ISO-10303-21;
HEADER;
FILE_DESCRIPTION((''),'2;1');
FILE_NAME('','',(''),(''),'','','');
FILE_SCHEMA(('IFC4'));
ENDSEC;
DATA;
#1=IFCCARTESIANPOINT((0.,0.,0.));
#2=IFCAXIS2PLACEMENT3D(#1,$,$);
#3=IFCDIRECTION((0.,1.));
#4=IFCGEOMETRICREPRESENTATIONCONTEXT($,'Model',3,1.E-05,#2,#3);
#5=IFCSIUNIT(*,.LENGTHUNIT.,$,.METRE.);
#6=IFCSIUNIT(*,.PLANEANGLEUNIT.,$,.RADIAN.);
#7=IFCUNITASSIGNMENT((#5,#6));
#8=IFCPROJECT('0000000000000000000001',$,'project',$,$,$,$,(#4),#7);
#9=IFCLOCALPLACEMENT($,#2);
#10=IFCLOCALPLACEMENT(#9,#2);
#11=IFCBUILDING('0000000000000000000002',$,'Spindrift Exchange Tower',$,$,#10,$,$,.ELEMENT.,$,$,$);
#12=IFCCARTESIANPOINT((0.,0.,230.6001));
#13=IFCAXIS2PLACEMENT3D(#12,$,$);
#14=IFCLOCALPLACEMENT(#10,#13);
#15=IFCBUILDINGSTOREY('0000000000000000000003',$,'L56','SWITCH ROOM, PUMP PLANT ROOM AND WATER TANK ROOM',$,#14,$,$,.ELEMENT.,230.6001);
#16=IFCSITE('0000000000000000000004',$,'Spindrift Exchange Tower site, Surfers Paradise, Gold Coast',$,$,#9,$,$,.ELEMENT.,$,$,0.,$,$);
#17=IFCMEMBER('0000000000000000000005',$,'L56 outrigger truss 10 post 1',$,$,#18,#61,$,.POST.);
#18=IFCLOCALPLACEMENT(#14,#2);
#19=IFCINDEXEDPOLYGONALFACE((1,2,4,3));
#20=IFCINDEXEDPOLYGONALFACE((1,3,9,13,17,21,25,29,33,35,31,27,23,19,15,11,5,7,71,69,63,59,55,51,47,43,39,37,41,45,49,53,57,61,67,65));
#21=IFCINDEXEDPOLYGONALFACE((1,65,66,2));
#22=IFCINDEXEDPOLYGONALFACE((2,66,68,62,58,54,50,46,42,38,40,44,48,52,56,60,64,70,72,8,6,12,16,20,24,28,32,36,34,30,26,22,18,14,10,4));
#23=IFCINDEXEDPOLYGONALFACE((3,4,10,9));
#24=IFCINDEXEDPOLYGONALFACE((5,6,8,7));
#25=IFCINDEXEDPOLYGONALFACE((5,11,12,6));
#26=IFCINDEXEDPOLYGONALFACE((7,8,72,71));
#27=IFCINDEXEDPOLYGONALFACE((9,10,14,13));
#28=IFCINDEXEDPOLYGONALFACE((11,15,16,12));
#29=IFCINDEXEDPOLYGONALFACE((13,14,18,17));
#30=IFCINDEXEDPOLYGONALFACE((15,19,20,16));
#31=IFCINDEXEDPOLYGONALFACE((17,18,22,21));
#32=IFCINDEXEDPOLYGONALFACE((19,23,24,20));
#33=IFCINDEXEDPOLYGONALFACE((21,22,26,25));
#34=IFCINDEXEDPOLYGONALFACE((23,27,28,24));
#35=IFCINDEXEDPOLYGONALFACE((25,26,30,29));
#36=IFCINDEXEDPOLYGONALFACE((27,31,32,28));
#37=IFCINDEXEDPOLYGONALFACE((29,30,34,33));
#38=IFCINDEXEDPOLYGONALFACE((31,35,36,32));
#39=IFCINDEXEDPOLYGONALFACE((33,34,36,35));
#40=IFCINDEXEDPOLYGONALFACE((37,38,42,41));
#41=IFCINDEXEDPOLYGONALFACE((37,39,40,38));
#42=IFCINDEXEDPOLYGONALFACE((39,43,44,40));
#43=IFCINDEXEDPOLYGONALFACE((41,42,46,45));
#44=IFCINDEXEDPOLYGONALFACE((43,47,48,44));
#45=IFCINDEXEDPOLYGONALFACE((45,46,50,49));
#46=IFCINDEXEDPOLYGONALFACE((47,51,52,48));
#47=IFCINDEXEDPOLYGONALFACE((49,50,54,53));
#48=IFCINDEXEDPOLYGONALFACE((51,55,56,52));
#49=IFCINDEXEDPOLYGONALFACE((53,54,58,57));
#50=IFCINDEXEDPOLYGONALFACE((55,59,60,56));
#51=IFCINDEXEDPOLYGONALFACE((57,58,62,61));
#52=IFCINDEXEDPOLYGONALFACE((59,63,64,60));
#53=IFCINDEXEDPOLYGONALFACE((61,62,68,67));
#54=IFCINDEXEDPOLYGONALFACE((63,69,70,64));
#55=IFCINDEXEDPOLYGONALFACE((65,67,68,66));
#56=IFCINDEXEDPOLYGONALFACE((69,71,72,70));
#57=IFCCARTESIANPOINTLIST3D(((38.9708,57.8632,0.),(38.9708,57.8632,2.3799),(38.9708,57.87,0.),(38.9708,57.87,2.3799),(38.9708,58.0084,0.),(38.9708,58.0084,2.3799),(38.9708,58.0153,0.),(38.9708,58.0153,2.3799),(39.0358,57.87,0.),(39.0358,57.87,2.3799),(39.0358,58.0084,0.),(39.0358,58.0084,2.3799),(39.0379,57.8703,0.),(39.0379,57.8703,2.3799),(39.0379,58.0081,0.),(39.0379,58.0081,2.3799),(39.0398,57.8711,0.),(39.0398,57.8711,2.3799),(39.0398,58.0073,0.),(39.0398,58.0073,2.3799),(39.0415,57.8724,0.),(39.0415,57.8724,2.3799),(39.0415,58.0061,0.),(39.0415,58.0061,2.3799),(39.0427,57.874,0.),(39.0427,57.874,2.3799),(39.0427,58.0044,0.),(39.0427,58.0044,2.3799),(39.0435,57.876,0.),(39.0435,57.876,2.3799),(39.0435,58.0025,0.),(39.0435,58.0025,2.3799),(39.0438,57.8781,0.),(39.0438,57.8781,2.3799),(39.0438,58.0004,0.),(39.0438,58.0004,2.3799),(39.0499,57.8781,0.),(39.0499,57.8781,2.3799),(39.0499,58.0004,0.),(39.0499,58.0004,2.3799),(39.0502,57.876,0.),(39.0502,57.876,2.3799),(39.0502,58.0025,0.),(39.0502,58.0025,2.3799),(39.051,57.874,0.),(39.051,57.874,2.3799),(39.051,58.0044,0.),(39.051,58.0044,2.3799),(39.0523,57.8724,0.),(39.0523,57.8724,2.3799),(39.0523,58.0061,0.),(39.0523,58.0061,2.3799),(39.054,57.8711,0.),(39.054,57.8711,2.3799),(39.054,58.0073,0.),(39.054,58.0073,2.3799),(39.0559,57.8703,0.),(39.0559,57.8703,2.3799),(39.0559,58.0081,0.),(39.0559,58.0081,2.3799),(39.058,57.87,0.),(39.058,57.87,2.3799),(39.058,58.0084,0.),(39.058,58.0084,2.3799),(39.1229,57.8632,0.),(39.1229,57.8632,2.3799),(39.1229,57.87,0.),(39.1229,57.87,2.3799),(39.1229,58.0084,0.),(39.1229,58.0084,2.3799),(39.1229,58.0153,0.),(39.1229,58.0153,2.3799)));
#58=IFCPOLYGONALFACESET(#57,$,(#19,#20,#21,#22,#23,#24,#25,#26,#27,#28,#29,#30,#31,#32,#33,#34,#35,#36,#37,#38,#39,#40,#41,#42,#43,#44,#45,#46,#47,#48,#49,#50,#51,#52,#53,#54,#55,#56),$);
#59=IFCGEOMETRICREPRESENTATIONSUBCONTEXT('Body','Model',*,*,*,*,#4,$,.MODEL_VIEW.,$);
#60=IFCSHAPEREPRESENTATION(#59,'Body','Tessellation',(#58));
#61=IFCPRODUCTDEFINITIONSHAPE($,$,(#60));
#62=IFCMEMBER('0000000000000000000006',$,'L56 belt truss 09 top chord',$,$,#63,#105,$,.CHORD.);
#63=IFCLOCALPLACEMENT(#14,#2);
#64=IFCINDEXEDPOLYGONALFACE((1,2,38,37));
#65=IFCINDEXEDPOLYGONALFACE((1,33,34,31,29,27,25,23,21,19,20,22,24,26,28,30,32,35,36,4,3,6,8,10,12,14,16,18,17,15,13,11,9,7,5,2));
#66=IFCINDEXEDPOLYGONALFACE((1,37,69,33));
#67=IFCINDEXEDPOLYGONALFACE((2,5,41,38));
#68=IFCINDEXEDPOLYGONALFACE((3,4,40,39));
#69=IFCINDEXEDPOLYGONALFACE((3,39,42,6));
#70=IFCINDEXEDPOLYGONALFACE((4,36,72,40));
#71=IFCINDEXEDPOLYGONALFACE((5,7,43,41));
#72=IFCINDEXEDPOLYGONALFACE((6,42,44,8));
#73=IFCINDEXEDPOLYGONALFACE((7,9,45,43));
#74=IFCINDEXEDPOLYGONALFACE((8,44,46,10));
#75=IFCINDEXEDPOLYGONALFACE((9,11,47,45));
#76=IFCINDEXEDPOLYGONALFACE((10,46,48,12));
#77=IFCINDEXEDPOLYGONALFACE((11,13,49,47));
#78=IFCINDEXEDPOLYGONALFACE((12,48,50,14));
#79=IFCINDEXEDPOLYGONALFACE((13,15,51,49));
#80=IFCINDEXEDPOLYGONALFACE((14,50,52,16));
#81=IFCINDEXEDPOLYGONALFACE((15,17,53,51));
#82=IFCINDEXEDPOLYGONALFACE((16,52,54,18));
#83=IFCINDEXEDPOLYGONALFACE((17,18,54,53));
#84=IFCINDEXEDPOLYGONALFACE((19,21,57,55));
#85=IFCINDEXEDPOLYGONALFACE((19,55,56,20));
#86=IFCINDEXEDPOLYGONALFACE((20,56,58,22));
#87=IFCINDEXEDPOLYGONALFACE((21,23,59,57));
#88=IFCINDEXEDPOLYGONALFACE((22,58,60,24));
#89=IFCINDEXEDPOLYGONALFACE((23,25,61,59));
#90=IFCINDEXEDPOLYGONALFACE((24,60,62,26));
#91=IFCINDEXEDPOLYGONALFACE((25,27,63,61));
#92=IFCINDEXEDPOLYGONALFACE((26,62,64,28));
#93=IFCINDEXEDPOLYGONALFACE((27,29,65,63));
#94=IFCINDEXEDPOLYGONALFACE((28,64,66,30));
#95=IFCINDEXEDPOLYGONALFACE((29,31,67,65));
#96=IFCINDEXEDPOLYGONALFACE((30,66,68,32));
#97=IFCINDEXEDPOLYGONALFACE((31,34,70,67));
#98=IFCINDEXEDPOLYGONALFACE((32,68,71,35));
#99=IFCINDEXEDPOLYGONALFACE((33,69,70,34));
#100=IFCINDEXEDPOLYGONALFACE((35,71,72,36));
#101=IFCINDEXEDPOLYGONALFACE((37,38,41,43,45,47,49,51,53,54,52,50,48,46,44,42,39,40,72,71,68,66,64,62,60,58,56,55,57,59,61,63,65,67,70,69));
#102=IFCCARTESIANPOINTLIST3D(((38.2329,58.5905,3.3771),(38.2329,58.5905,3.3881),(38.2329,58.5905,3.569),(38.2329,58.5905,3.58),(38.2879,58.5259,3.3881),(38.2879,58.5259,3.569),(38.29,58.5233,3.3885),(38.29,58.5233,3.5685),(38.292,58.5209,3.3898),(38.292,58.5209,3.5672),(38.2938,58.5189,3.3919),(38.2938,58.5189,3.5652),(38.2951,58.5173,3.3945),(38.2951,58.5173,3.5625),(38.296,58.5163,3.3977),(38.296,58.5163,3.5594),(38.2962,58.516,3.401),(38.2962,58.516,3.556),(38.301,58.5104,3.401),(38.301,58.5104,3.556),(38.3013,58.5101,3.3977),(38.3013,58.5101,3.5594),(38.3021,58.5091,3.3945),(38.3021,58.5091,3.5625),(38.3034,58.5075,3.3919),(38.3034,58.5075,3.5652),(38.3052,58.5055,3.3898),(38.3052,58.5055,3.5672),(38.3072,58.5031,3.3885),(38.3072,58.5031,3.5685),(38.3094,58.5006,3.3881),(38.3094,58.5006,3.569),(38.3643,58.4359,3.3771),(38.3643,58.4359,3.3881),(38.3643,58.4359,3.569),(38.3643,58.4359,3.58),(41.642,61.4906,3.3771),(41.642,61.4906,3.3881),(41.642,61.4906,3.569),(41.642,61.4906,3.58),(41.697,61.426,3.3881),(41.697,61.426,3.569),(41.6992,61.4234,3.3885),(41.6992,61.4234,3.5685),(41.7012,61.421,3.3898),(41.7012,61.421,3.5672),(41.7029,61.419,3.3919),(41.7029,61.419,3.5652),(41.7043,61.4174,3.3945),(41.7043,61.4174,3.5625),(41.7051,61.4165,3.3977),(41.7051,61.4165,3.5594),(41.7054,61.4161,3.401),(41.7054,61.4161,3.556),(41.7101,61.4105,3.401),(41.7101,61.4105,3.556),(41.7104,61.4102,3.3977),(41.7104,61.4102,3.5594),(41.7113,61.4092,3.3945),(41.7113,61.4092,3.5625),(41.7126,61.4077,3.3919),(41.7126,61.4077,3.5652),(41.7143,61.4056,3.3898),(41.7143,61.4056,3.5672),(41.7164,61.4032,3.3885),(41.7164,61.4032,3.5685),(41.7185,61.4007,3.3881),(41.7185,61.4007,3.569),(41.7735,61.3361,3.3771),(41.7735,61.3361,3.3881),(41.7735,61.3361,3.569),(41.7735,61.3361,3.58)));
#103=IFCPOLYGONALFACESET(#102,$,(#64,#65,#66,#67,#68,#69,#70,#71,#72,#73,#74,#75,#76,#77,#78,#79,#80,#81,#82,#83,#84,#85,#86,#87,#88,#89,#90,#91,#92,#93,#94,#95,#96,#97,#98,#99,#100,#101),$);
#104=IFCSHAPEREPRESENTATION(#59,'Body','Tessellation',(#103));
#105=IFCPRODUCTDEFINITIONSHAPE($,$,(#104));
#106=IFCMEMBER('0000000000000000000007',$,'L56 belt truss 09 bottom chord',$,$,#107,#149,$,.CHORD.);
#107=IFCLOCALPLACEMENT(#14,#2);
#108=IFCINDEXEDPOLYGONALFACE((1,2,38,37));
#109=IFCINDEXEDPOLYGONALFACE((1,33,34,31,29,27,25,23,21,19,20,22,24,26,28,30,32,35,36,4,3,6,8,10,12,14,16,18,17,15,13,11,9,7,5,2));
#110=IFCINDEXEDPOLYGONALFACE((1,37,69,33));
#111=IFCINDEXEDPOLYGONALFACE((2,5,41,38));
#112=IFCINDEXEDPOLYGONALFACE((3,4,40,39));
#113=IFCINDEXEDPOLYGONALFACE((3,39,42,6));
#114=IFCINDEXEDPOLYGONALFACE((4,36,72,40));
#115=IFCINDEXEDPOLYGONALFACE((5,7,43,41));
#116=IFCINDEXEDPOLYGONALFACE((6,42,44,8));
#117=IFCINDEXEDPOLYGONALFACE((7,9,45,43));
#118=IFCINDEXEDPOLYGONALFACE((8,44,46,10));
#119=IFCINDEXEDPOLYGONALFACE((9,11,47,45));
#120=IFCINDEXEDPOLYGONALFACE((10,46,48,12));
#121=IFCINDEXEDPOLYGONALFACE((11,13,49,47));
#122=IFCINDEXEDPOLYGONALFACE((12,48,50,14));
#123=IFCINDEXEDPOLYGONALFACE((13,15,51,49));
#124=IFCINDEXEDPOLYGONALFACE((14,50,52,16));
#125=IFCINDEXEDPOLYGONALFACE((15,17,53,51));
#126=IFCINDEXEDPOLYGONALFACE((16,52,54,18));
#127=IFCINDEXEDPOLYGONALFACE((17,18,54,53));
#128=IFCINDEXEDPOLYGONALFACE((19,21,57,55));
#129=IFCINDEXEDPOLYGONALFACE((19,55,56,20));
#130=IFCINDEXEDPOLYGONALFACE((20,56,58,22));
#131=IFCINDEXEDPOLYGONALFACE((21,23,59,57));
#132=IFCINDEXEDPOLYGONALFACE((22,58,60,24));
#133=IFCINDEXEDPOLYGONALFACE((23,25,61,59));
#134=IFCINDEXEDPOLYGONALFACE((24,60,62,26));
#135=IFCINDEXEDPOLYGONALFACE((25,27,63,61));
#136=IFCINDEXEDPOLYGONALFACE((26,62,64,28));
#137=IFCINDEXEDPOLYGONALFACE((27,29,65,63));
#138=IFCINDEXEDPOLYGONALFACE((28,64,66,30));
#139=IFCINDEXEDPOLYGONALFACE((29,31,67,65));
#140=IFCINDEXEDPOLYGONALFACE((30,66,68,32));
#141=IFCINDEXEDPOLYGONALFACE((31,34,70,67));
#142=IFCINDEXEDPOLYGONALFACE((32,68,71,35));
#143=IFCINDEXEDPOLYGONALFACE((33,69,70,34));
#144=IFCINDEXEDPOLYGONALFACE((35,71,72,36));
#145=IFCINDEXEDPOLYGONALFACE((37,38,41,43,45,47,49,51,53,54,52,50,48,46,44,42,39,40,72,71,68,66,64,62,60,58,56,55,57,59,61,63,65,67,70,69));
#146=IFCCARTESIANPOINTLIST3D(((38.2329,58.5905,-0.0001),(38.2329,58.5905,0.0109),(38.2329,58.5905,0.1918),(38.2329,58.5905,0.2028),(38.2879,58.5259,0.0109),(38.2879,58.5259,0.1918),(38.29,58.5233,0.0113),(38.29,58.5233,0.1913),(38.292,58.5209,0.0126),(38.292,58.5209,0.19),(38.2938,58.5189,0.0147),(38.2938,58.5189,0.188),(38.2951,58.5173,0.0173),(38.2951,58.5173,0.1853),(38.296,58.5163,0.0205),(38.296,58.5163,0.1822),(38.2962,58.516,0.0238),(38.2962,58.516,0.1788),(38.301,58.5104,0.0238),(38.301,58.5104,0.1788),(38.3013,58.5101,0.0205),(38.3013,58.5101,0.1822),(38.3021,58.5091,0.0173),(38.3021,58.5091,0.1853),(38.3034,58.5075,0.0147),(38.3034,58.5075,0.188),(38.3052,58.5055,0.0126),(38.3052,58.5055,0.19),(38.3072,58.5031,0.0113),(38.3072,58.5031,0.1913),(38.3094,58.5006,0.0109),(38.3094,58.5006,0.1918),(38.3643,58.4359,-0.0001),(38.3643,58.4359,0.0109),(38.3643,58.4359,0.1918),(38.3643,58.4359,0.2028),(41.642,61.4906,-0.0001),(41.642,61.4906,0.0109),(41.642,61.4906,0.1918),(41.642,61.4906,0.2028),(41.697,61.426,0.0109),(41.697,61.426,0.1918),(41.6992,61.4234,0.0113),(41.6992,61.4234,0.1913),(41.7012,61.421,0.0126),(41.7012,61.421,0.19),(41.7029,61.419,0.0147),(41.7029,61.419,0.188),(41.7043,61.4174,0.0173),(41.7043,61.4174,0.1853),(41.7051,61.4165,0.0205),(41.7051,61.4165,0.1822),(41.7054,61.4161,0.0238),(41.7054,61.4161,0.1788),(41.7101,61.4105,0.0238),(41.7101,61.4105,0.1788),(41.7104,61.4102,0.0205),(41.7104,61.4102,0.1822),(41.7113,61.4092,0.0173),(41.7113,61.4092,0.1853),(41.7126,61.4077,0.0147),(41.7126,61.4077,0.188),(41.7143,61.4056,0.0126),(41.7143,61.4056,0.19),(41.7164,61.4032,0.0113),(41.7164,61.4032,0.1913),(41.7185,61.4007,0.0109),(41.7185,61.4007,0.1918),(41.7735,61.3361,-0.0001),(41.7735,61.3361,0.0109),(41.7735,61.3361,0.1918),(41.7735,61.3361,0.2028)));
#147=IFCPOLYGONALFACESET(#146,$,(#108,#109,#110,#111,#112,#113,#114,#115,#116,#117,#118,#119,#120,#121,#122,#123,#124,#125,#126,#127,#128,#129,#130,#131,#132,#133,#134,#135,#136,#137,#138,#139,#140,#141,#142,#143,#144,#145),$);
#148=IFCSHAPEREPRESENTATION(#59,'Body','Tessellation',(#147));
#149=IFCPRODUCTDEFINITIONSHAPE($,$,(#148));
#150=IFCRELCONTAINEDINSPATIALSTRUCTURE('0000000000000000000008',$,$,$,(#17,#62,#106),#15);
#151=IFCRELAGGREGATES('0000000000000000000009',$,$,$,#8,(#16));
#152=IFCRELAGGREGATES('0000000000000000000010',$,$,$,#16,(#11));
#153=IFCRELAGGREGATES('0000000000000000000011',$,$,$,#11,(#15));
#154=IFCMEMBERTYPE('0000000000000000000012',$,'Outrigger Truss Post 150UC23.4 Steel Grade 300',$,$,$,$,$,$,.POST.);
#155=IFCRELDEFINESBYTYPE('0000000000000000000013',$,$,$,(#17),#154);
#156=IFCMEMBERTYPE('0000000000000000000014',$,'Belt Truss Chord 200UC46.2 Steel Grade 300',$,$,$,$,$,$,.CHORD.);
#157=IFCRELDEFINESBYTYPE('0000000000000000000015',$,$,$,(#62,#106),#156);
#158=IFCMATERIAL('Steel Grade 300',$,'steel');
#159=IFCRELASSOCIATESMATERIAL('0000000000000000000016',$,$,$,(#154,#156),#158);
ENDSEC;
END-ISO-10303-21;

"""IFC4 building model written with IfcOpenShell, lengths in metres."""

from ifc_helpers import new_model, si_unit, direction, frame, origin, origin_2d, place, context, subcontext, project, spatial, i_section, extrude, source, transform, mapped, material, material_profile, profile_set, type_object, element, save


model = new_model("IFC4")

# Units and contexts
model_context = context("Model", 3, precision=1e-05, world=origin(), true_north=direction((0.0, 1.0)))
body_context = subcontext(model_context, "Body", "Model", "MODEL_VIEW")
ifc_project = project(units=[si_unit("LENGTHUNIT", "METRE"), si_unit("PLANEANGLEUNIT", "RADIAN")], contexts=[model_context])

# Site, building, storey
site_placement = place(None, origin())
site = spatial("IfcSite", under=ifc_project, at=site_placement, Name="Spindrift Exchange Tower site, Surfers Paradise, Gold Coast", CompositionType="ELEMENT", RefElevation=0.0)
building_placement = place(site_placement, origin())
building = spatial("IfcBuilding", under=site, at=building_placement, Name="Spindrift Exchange Tower", CompositionType="ELEMENT")
storey_placement = place(building_placement, frame((0.0, 0.0, 230.6001)))
storey = spatial("IfcBuildingStorey", under=building, at=storey_placement, Name="L56", Description="SWITCH ROOM, PUMP PLANT ROOM AND WATER TANK ROOM", CompositionType="ELEMENT", Elevation=230.6001)

# Shared definitions
ifc_material_1 = material(Name="Steel Grade 300", Category="steel")

# Members
ifc_material_profile_1 = material_profile(ifc_material_1, i_section(OverallWidth=0.1521, OverallDepth=0.1521, WebThickness=0.0061, FlangeThickness=0.0068, FilletRadius=0.0081, at=origin_2d()), Name="150UC23.4")
ifc_profile_set_1 = profile_set([ifc_material_profile_1], Name="Steel Grade 300")
member_type_1 = type_object("IfcMemberType", Name="Outrigger Truss Post 150UC23.4 Steel Grade 300", PredefinedType="POST", material=ifc_profile_set_1)
shared_shape_1 = source(origin(), body_context, "Body", "SweptSolid", [
    extrude(i_section(OverallWidth=0.1521, OverallDepth=0.1521, WebThickness=0.0061, FlangeThickness=0.0068, FilletRadius=0.0081, at=origin_2d()), origin(), (0.0, 0.0, 1.0), 2.3799),
])
member_1_placement = place(storey_placement, frame((39.0469, 57.9392, 0.0), z_axis=(0.0, 0.0, 1.0), x_axis=(1.0, 0.0, 0.0)))
element("IfcMember", 1, at=member_1_placement, inside=storey, type_object=member_type_1, Name="L56 outrigger truss 10 post 1", PredefinedType="POST", context=body_context, shape_type="MappedRepresentation", body=[
    mapped(shared_shape_1, transform((0.0, 0.0, 0.0), scale=1.0)),
])
ifc_material_profile_2 = material_profile(ifc_material_1, i_section(OverallWidth=0.2029, OverallDepth=0.2029, WebThickness=0.0073, FlangeThickness=0.011, FilletRadius=0.0129, at=origin_2d()), Name="200UC46.2")
ifc_profile_set_2 = profile_set([ifc_material_profile_2], Name="Steel Grade 300")
member_type_2 = type_object("IfcMemberType", Name="Belt Truss Chord 200UC46.2 Steel Grade 300", PredefinedType="CHORD", material=ifc_profile_set_2)
shared_shape_2 = source(origin(), body_context, "Body", "SweptSolid", [
    extrude(i_section(OverallWidth=0.2029, OverallDepth=0.2029, WebThickness=0.0073, FlangeThickness=0.011, FilletRadius=0.0129, at=origin_2d()), origin(), (0.0, 0.0, 1.0), 4.4758),
])
for number, where, z_axis, x_axis, name in (
    (2, (41.7078, 61.4133, 3.4785), (-0.761681, -0.647952, 0.0), (0.647952, -0.761681, 0.0), "L56 belt truss 09 top chord"),
    (3, (41.7078, 61.4133, 0.1013), (-0.761681, -0.647952, 0.0), (0.647952, -0.761681, 0.0), "L56 belt truss 09 bottom chord"),
):
    element("IfcMember", number, at=place(storey_placement, frame(where, z_axis=z_axis, x_axis=x_axis)), inside=storey, type_object=member_type_2, Name=name, PredefinedType="CHORD", context=body_context, shape_type="MappedRepresentation", body=[
        mapped(shared_shape_2, transform((0.0, 0.0, 0.0), scale=1.0)),
    ])

save(model, "model.ifc")
